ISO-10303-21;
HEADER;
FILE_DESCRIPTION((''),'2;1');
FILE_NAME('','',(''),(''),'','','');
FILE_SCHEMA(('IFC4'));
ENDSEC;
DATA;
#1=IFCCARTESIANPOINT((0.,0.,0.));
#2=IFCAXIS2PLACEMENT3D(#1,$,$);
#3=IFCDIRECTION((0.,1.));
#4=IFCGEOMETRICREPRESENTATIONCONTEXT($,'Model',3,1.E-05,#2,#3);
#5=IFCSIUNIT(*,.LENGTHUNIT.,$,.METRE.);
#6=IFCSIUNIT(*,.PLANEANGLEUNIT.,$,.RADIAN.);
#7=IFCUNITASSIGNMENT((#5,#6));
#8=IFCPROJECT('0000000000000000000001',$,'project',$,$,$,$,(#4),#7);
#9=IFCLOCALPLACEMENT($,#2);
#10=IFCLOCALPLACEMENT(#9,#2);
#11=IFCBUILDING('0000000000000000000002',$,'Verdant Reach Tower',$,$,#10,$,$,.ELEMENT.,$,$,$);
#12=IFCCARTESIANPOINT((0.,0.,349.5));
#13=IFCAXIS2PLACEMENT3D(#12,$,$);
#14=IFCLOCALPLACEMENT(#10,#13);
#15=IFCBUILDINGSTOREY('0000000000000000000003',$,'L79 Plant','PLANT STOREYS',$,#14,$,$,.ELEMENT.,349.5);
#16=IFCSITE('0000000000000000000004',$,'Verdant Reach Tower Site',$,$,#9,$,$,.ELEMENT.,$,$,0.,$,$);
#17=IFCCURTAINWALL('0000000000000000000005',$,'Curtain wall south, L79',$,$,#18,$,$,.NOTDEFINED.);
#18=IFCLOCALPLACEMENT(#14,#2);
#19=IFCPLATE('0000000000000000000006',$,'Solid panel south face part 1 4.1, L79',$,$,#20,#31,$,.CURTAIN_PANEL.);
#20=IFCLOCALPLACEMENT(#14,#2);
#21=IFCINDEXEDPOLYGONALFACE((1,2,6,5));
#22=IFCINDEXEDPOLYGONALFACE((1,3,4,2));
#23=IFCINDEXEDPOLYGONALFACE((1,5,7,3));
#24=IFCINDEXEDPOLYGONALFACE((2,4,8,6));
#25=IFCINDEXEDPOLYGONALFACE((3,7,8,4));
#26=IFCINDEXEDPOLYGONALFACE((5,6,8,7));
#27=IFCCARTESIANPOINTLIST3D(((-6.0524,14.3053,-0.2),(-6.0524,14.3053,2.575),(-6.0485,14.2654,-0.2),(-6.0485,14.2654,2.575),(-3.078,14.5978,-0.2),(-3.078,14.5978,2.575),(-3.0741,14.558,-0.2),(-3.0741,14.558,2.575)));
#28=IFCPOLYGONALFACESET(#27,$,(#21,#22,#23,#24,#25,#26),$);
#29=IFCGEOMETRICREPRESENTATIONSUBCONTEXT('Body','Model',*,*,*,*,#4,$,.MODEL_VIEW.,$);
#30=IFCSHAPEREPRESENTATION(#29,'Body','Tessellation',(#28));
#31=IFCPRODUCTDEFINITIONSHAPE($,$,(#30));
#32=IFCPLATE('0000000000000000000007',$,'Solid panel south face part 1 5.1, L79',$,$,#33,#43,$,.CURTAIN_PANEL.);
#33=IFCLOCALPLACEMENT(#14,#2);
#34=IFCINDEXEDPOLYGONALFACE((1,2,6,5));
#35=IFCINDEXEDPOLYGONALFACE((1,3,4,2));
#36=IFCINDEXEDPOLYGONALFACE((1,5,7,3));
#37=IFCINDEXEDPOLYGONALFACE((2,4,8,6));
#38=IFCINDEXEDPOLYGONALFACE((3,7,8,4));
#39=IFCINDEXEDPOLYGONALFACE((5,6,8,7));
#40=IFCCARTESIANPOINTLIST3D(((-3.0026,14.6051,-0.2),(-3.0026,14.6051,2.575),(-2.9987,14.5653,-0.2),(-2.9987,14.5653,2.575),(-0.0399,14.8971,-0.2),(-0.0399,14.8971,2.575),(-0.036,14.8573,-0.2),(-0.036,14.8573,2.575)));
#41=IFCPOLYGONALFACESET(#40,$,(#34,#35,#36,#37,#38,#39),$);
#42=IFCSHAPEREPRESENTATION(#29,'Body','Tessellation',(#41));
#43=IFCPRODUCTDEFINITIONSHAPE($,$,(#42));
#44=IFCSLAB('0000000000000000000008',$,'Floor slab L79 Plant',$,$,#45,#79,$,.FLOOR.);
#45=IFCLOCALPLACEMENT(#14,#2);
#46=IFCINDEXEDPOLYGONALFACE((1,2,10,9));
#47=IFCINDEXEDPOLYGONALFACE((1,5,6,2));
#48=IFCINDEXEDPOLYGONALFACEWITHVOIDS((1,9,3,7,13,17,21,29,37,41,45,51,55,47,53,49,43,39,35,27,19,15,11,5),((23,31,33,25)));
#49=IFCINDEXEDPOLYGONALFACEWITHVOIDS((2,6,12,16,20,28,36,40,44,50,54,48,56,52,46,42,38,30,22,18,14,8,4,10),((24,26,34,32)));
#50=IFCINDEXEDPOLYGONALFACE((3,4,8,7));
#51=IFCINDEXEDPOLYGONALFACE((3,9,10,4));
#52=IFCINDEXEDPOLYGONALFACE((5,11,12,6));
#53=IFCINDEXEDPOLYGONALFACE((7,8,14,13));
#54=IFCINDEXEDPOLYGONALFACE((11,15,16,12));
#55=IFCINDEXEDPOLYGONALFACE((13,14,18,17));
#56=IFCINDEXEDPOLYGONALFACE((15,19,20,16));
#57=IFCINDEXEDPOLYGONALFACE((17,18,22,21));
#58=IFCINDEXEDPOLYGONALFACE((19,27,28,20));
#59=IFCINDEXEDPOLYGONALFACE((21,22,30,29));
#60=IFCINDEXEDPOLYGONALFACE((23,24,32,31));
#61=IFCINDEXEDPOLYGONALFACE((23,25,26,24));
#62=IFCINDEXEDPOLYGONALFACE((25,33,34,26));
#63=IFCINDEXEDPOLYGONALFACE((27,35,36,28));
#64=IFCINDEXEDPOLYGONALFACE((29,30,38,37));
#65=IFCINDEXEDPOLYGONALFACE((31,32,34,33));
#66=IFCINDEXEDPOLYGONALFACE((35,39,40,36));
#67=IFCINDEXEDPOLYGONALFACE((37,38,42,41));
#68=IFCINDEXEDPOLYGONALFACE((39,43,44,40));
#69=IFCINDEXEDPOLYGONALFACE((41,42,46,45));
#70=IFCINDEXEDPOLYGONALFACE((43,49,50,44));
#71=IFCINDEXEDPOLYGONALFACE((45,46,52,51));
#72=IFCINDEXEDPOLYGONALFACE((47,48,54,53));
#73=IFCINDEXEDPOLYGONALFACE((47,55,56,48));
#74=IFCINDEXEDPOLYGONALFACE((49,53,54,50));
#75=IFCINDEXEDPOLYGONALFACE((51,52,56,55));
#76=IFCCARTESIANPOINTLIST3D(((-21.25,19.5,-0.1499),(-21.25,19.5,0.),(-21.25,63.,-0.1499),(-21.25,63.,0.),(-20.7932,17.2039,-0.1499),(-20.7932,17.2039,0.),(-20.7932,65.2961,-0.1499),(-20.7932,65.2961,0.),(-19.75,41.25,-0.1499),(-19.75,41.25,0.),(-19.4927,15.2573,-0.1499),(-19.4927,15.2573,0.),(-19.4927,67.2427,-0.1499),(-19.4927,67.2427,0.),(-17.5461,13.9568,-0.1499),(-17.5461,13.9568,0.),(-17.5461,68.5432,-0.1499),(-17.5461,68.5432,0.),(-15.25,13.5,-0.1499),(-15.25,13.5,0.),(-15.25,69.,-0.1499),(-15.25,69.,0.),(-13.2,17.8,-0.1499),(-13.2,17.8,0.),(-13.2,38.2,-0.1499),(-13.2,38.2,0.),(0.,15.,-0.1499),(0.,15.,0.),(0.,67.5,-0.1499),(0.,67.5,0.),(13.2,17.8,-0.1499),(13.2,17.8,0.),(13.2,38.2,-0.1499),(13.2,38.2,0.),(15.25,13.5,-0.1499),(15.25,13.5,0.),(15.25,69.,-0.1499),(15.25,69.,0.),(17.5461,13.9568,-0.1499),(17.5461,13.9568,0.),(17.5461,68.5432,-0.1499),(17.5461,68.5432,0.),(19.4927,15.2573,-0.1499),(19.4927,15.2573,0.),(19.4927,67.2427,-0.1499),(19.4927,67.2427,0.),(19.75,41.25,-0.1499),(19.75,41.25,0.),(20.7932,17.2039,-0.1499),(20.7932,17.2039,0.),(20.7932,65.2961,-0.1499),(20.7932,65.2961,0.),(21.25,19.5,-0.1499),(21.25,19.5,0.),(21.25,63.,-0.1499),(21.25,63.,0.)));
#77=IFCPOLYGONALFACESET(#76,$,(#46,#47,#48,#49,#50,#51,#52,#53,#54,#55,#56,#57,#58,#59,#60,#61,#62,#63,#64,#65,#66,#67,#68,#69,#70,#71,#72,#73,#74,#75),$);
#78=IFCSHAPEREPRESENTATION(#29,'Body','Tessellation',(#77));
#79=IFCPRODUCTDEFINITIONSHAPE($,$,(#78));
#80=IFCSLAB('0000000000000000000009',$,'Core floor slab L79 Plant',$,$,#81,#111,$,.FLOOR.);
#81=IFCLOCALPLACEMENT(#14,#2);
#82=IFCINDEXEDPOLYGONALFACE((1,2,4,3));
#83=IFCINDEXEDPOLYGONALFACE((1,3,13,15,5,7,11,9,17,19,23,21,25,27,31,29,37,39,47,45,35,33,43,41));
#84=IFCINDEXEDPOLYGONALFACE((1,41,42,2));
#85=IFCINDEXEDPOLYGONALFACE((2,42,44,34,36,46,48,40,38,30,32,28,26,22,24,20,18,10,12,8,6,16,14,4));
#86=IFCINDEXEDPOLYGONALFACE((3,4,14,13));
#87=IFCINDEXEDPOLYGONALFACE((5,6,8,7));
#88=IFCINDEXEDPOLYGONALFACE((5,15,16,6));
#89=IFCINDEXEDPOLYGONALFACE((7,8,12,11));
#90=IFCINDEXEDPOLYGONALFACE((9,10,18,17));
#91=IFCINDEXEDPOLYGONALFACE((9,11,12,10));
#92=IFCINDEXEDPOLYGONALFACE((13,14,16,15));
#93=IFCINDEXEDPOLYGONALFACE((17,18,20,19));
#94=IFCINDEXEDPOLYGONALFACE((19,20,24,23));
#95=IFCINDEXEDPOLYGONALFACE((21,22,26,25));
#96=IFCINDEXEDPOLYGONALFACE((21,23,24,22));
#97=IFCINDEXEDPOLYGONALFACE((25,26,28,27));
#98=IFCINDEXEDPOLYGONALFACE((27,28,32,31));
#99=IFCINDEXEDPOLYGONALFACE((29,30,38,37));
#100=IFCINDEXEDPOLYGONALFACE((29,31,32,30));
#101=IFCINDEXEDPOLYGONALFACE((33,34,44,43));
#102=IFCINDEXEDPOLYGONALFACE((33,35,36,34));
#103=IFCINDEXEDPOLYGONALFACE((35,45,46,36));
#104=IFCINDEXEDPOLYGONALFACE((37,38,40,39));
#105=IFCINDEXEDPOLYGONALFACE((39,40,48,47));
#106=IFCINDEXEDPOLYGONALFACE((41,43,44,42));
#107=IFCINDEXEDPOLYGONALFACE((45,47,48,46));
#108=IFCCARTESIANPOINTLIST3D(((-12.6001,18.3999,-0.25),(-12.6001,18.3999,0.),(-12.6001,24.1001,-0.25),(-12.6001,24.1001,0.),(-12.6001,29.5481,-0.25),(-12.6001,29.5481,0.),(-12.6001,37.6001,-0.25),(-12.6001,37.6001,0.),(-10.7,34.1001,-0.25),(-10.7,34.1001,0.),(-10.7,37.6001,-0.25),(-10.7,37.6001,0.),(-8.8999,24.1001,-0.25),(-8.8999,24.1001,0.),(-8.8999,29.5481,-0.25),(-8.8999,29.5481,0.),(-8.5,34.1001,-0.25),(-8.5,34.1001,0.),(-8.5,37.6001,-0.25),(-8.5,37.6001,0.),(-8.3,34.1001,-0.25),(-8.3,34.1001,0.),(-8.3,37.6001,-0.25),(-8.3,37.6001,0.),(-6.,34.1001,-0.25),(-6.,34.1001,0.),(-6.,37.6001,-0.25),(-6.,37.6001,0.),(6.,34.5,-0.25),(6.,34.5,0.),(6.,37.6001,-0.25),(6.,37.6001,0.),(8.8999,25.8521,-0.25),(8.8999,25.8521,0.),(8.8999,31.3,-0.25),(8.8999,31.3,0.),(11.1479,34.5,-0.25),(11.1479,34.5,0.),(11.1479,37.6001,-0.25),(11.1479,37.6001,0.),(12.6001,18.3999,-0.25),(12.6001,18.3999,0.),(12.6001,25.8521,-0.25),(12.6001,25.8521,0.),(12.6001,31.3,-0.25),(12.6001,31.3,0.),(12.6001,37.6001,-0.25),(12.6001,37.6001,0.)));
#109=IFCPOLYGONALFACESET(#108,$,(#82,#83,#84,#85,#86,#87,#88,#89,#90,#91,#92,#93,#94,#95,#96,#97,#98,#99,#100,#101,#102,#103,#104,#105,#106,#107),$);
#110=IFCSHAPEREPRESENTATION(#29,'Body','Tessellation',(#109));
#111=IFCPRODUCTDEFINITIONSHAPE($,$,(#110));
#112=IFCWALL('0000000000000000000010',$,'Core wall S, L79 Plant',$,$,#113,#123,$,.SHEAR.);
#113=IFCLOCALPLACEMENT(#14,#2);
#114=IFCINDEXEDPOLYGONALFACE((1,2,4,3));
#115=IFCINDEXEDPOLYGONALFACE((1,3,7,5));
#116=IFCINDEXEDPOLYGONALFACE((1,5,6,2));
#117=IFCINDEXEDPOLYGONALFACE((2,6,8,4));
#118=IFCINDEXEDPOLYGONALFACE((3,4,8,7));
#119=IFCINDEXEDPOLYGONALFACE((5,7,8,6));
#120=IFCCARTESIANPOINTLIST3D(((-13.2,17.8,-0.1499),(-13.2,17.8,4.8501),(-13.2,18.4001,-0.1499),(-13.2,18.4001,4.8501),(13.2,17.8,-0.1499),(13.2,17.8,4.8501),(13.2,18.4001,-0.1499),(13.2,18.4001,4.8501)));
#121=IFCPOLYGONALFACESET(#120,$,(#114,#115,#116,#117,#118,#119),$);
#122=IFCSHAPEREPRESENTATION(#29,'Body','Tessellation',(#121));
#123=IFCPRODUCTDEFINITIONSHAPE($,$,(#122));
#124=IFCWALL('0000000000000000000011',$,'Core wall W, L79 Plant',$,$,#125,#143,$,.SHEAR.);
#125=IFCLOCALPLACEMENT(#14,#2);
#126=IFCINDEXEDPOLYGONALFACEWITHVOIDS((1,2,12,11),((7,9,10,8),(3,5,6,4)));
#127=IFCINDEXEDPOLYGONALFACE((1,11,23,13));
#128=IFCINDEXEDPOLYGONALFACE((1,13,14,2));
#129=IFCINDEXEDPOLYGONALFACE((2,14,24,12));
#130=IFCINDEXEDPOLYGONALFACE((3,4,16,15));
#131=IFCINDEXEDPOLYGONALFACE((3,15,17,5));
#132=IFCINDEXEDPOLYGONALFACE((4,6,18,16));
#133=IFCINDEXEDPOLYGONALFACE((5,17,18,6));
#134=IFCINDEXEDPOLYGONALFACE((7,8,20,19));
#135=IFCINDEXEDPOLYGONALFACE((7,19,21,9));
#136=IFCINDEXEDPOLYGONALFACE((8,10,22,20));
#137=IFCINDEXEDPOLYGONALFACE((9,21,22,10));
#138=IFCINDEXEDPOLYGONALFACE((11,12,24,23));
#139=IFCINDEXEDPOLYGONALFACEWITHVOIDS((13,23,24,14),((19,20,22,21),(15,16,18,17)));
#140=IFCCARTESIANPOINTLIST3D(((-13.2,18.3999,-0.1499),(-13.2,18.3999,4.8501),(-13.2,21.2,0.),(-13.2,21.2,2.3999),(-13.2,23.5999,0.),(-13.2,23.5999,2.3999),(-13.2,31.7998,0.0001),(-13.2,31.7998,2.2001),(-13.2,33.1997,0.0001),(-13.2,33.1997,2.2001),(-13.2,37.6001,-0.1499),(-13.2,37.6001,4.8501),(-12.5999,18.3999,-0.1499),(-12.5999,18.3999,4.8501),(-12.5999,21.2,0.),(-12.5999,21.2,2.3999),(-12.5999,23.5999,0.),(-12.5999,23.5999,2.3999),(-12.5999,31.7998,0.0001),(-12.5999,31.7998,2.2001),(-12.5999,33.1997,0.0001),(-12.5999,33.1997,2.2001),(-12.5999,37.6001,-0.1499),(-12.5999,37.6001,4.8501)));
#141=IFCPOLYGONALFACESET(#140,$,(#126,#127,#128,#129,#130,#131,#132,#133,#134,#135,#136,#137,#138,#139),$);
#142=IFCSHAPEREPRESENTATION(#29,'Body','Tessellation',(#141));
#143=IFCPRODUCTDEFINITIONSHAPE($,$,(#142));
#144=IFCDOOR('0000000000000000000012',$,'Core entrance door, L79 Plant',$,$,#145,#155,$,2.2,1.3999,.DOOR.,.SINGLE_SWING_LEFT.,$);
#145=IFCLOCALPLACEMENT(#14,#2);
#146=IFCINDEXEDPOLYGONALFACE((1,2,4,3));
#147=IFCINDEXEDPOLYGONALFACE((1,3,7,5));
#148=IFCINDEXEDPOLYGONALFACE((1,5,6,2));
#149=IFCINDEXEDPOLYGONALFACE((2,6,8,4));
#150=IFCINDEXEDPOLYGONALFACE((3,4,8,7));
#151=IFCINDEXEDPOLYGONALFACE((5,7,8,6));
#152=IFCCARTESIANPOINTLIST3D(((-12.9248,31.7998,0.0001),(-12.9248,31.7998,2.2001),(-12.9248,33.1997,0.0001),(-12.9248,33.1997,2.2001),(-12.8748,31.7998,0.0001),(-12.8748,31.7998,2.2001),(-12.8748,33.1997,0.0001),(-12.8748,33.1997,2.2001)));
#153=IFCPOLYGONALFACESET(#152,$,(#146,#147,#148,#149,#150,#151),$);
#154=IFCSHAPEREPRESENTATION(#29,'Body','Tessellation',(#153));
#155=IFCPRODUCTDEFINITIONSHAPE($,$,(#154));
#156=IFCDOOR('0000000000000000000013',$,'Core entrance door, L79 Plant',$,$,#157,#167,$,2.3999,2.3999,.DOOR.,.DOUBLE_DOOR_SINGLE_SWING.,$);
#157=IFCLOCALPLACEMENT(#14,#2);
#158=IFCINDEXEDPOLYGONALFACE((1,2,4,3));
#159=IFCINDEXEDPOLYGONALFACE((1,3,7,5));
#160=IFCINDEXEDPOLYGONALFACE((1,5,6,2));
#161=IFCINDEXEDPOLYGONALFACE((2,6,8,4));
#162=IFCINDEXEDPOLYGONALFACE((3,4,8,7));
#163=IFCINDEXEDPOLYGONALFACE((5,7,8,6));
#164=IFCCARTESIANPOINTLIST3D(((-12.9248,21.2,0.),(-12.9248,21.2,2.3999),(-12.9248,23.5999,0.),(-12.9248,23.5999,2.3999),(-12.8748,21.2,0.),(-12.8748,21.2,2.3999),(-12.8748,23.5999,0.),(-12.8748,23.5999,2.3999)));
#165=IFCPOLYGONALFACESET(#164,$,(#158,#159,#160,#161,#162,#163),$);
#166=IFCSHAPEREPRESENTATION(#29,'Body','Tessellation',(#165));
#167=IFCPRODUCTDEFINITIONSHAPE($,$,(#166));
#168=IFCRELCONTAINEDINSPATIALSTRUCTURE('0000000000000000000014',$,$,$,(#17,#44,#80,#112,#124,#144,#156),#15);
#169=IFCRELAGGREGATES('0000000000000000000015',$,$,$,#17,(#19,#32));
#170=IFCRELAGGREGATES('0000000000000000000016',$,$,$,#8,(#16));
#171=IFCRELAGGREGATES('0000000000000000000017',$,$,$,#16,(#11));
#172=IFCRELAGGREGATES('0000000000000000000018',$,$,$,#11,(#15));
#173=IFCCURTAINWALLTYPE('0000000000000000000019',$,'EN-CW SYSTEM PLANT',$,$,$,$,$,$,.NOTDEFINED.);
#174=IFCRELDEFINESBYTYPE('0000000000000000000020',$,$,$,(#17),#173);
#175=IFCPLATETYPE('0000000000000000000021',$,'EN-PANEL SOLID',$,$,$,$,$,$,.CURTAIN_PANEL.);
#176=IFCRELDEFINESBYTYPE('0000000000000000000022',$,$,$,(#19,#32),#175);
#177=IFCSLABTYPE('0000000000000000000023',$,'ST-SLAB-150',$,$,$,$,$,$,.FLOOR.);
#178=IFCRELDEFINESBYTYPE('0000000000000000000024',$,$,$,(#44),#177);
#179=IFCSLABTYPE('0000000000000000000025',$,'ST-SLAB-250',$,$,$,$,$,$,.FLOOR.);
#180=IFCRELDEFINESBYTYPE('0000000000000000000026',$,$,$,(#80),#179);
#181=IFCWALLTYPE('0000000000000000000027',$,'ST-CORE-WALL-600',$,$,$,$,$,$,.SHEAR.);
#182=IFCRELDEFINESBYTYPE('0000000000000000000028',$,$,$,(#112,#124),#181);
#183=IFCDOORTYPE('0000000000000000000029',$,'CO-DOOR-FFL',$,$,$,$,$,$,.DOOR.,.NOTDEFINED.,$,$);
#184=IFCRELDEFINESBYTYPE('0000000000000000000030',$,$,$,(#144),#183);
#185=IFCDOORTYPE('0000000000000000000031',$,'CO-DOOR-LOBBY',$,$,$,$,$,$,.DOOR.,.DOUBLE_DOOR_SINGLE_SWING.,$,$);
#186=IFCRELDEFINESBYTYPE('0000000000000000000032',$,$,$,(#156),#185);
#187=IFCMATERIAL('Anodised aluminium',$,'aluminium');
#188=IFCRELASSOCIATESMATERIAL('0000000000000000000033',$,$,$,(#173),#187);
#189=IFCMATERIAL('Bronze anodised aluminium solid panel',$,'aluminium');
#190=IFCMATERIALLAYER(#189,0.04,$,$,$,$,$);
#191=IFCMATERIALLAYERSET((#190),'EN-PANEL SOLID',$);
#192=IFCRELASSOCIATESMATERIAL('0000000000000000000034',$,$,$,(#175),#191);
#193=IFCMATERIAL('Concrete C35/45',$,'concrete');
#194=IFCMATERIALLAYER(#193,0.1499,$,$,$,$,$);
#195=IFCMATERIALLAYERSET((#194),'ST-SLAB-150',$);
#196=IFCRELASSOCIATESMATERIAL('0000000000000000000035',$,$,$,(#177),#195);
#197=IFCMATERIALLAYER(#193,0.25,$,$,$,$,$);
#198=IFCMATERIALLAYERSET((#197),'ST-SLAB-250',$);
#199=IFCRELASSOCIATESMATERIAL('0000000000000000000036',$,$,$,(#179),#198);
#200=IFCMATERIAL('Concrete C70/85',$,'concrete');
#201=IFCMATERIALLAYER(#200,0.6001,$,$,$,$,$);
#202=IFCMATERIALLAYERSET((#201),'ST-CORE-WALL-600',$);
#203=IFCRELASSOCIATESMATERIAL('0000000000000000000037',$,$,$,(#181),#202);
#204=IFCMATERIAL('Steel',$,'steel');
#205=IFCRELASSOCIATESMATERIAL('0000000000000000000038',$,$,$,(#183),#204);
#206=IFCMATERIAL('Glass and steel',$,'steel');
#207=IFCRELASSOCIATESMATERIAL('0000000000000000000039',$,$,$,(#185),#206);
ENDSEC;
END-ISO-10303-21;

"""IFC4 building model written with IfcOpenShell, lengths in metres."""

from ifc_helpers import new_model, si_unit, direction, frame, frame_2d, origin, origin_2d, place, context, subcontext, project, spatial, polyline, rectangle, outline, extrude, material, layer, layer_set, type_object, element, fill, aggregate, save


model = new_model("IFC4")

# Units and contexts
model_context = context("Model", 3, precision=1e-05, world=origin(), true_north=direction((0.0, 1.0)))
body_context = subcontext(model_context, "Body", "Model", "MODEL_VIEW")
ifc_project = project(units=[si_unit("LENGTHUNIT", "METRE"), si_unit("PLANEANGLEUNIT", "RADIAN")], contexts=[model_context])

# Site, building, storey
site_placement = place(None, origin())
site = spatial("IfcSite", under=ifc_project, at=site_placement, Name="Verdant Reach Tower Site", CompositionType="ELEMENT", RefElevation=0.0)
building_placement = place(site_placement, origin())
building = spatial("IfcBuilding", under=site, at=building_placement, Name="Verdant Reach Tower", CompositionType="ELEMENT")
storey_placement = place(building_placement, frame((0.0, 0.0, 349.5)))
storey = spatial("IfcBuildingStorey", under=building, at=storey_placement, Name="L79 Plant", Description="PLANT STOREYS", CompositionType="ELEMENT", Elevation=349.5)

# Curtain wall
ifc_material_1 = material(Name="Anodised aluminium", Category="aluminium")
curtain_wall_type = type_object("IfcCurtainWallType", Name="EN-CW SYSTEM PLANT", PredefinedType="NOTDEFINED", material=ifc_material_1)
curtain_wall_placement = place(storey_placement, origin())
curtain_wall = element("IfcCurtainWall", 1, at=curtain_wall_placement, inside=storey, type_object=curtain_wall_type, Name="Curtain wall south, L79", PredefinedType="NOTDEFINED")

# Plates
ifc_material_2 = material(Name="Bronze anodised aluminium solid panel", Category="aluminium")
ifc_layer_1 = layer(ifc_material_2, 0.04)
ifc_layer_set_1 = layer_set([ifc_layer_1], Name="EN-PANEL SOLID")
plate_type = type_object("IfcPlateType", Name="EN-PANEL SOLID", PredefinedType="CURTAIN_PANEL", material=ifc_layer_set_1)
plate_1_placement = place(storey_placement, frame((-4.5632, 14.4316, -0.2), z_axis=(0.0, 0.0, 1.0), x_axis=(0.995197, 0.097888, 0.0)))
plate_1 = element("IfcPlate", 2, at=plate_1_placement, type_object=plate_type, Name="Solid panel south face part 1 4.1, L79", PredefinedType="CURTAIN_PANEL", context=body_context, shape_type="SweptSolid", body=[
    extrude(rectangle(XDim=2.9888, YDim=0.04, at=origin_2d()), origin(), (0.0, 0.0, 1.0), 2.7749),
])
plate_2_placement = place(storey_placement, frame((-1.5193, 14.7312, -0.2), z_axis=(0.0, 0.0, 1.0), x_axis=(0.995179, 0.098075, 0.0)))
plate_2 = element("IfcPlate", 3, at=plate_2_placement, type_object=plate_type, Name="Solid panel south face part 1 5.1, L79", PredefinedType="CURTAIN_PANEL", context=body_context, shape_type="SweptSolid", body=[
    extrude(rectangle(XDim=2.9771, YDim=0.04, at=origin_2d()), origin(), (0.0, 0.0, 1.0), 2.7749),
])

# Slabs
ifc_material_3 = material(Name="Concrete C35/45", Category="concrete")
ifc_layer_2 = layer(ifc_material_3, 0.1499)
ifc_layer_set_2 = layer_set([ifc_layer_2], Name="ST-SLAB-150")
slab_type_1 = type_object("IfcSlabType", Name="ST-SLAB-150", PredefinedType="FLOOR", material=ifc_layer_set_2)
slab_1_placement = place(storey_placement, frame((0.0, 0.0, -0.1499)))
element("IfcSlab", 4, at=slab_1_placement, inside=storey, type_object=slab_type_1, Name="Floor slab L79 Plant", PredefinedType="FLOOR", context=body_context, shape_type="SweptSolid", body=[
    extrude(outline(polyline([(0.0, 15.0), (-15.25, 13.5), (-17.5461, 13.9568), (-19.4927, 15.2573), (-20.7932, 17.2039), (-21.25, 19.5), (-19.75, 41.25), (-21.25, 63.0), (-20.7932, 65.2961), (-19.4927, 67.2427), (-17.5461, 68.5432), (-15.25, 69.0), (0.0, 67.5), (15.25, 69.0), (17.5461, 68.5432), (19.4927, 67.2427), (20.7932, 65.2961), (21.25, 63.0), (19.75, 41.25), (21.25, 19.5), (20.7932, 17.2039), (19.4927, 15.2573), (17.5461, 13.9568), (15.25, 13.5), (0.0, 15.0)]), holes=[polyline([(13.2, 38.2), (-13.2, 38.2), (-13.2, 17.8), (13.2, 17.8), (13.2, 38.2)])]), origin(), (0.0, 0.0, 1.0), 0.1499),
])
ifc_layer_3 = layer(ifc_material_3, 0.25)
ifc_layer_set_3 = layer_set([ifc_layer_3], Name="ST-SLAB-250")
slab_type_2 = type_object("IfcSlabType", Name="ST-SLAB-250", PredefinedType="FLOOR", material=ifc_layer_set_3)
slab_2_placement = place(storey_placement, frame((0.0, 0.0, -0.25)))
element("IfcSlab", 5, at=slab_2_placement, inside=storey, type_object=slab_type_2, Name="Core floor slab L79 Plant", PredefinedType="FLOOR", context=body_context, shape_type="SweptSolid", body=[
    extrude(outline(polyline([(12.6001, 18.3999), (-12.6001, 18.3999), (-12.6001, 24.1001), (-8.8999, 24.1001), (-8.8999, 29.5481), (-12.6001, 29.5481), (-12.6001, 37.6001), (-10.7, 37.6001), (-10.7, 34.1001), (-8.5, 34.1001), (-8.5, 37.6001), (-8.3, 37.6001), (-8.3, 34.1001), (-6.0, 34.1001), (-6.0, 37.6001), (6.0, 37.6001), (6.0, 34.5), (11.1479, 34.5), (11.1479, 37.6001), (12.6001, 37.6001), (12.6001, 31.3), (8.8999, 31.3), (8.8999, 25.8521), (12.6001, 25.8521), (12.6001, 18.3999)])), origin(), (0.0, 0.0, 1.0), 0.25),
])

# Wall
ifc_material_4 = material(Name="Concrete C70/85", Category="concrete")
ifc_layer_4 = layer(ifc_material_4, 0.6001)
ifc_layer_set_4 = layer_set([ifc_layer_4], Name="ST-CORE-WALL-600")
wall_type = type_object("IfcWallType", Name="ST-CORE-WALL-600", PredefinedType="SHEAR", material=ifc_layer_set_4)
wall_1_placement = place(storey_placement, frame((-13.2, 18.1001, -0.1499), z_axis=(0.0, 0.0, 1.0), x_axis=(1.0, 0.0, 0.0)))
element("IfcWall", 6, at=wall_1_placement, inside=storey, type_object=wall_type, Name="Core wall S, L79 Plant", PredefinedType="SHEAR", context=body_context, shape_type="SweptSolid", body=[
    extrude(rectangle(XDim=26.3999, YDim=0.6001, at=frame_2d((13.2, 0.0))), origin(), (0.0, 0.0, 1.0), 5.0),
])

# Wall, openings, doors
wall_2_placement = place(storey_placement, frame((-12.8999, 18.3999, -0.1499), z_axis=(0.0, 0.0, 1.0), x_axis=(0.0, 1.0, 0.0)))
wall_2 = element("IfcWall", 7, at=wall_2_placement, inside=storey, type_object=wall_type, Name="Core wall W, L79 Plant", PredefinedType="SHEAR", context=body_context, shape_type="SweptSolid", body=[
    extrude(rectangle(XDim=19.2002, YDim=0.6001, at=frame_2d((9.6001, 0.0))), origin(), (0.0, 0.0, 1.0), 5.0),
])
opening_1_placement = place(wall_2_placement, frame((2.8, 0.0, 0.1499)))
opening_1 = element("IfcOpeningElement", 8, at=opening_1_placement, cuts=wall_2, PredefinedType="OPENING", context=body_context, shape_type="SweptSolid", body=[
    extrude(rectangle(XDim=2.3999, YDim=2.3999, at=frame_2d((1.2, 1.2))), frame((0.0, 0.3101, 0.0), z_axis=(0.0, -1.0, 0.0), x_axis=(1.0, 0.0, 0.0)), (0.0, 0.0, 1.0), 0.6201),
])
opening_2_placement = place(wall_2_placement, frame((13.3999, 0.0, 0.1499)))
opening_2 = element("IfcOpeningElement", 9, at=opening_2_placement, cuts=wall_2, PredefinedType="OPENING", context=body_context, shape_type="SweptSolid", body=[
    extrude(rectangle(XDim=1.3999, YDim=2.2, at=frame_2d((0.7, 1.1001))), frame((0.0, 0.3101, 0.0), z_axis=(0.0, -1.0, 0.0), x_axis=(1.0, 0.0, 0.0)), (0.0, 0.0, 1.0), 0.6201),
])
ifc_material_5 = material(Name="Steel", Category="steel")
door_type_1 = type_object("IfcDoorType", Name="CO-DOOR-FFL", OperationType="NOTDEFINED", PredefinedType="DOOR", material=ifc_material_5)
door_1_placement = place(opening_2_placement, origin())
door_1 = element("IfcDoor", 10, at=door_1_placement, inside=storey, type_object=door_type_1, Name="Core entrance door, L79 Plant", OperationType="SINGLE_SWING_LEFT", OverallHeight=2.2, OverallWidth=1.3999, PredefinedType="DOOR", context=body_context, shape_type="SweptSolid", body=[
    extrude(rectangle(XDim=1.3999, YDim=2.2, at=frame_2d((0.7, 1.1001))), frame((0.0, 0.0249, 0.0), z_axis=(0.0, -1.0, 0.0), x_axis=(1.0, 0.0, 0.0)), (0.0, 0.0, 1.0), 0.05),
])
fill(opening_2, door_1)
ifc_material_6 = material(Name="Glass and steel", Category="steel")
door_type_2 = type_object("IfcDoorType", Name="CO-DOOR-LOBBY", OperationType="DOUBLE_DOOR_SINGLE_SWING", PredefinedType="DOOR", material=ifc_material_6)
door_2_placement = place(opening_1_placement, origin())
door_2 = element("IfcDoor", 11, at=door_2_placement, inside=storey, type_object=door_type_2, Name="Core entrance door, L79 Plant", OperationType="DOUBLE_DOOR_SINGLE_SWING", OverallHeight=2.3999, OverallWidth=2.3999, PredefinedType="DOOR", context=body_context, shape_type="SweptSolid", body=[
    extrude(rectangle(XDim=2.3999, YDim=2.3999, at=frame_2d((1.2, 1.2))), frame((0.0, 0.0249, 0.0), z_axis=(0.0, -1.0, 0.0), x_axis=(1.0, 0.0, 0.0)), (0.0, 0.0, 1.0), 0.05),
])
fill(opening_1, door_2)

aggregate(curtain_wall, [plate_1, plate_2])

save(model, "model.ifc")
